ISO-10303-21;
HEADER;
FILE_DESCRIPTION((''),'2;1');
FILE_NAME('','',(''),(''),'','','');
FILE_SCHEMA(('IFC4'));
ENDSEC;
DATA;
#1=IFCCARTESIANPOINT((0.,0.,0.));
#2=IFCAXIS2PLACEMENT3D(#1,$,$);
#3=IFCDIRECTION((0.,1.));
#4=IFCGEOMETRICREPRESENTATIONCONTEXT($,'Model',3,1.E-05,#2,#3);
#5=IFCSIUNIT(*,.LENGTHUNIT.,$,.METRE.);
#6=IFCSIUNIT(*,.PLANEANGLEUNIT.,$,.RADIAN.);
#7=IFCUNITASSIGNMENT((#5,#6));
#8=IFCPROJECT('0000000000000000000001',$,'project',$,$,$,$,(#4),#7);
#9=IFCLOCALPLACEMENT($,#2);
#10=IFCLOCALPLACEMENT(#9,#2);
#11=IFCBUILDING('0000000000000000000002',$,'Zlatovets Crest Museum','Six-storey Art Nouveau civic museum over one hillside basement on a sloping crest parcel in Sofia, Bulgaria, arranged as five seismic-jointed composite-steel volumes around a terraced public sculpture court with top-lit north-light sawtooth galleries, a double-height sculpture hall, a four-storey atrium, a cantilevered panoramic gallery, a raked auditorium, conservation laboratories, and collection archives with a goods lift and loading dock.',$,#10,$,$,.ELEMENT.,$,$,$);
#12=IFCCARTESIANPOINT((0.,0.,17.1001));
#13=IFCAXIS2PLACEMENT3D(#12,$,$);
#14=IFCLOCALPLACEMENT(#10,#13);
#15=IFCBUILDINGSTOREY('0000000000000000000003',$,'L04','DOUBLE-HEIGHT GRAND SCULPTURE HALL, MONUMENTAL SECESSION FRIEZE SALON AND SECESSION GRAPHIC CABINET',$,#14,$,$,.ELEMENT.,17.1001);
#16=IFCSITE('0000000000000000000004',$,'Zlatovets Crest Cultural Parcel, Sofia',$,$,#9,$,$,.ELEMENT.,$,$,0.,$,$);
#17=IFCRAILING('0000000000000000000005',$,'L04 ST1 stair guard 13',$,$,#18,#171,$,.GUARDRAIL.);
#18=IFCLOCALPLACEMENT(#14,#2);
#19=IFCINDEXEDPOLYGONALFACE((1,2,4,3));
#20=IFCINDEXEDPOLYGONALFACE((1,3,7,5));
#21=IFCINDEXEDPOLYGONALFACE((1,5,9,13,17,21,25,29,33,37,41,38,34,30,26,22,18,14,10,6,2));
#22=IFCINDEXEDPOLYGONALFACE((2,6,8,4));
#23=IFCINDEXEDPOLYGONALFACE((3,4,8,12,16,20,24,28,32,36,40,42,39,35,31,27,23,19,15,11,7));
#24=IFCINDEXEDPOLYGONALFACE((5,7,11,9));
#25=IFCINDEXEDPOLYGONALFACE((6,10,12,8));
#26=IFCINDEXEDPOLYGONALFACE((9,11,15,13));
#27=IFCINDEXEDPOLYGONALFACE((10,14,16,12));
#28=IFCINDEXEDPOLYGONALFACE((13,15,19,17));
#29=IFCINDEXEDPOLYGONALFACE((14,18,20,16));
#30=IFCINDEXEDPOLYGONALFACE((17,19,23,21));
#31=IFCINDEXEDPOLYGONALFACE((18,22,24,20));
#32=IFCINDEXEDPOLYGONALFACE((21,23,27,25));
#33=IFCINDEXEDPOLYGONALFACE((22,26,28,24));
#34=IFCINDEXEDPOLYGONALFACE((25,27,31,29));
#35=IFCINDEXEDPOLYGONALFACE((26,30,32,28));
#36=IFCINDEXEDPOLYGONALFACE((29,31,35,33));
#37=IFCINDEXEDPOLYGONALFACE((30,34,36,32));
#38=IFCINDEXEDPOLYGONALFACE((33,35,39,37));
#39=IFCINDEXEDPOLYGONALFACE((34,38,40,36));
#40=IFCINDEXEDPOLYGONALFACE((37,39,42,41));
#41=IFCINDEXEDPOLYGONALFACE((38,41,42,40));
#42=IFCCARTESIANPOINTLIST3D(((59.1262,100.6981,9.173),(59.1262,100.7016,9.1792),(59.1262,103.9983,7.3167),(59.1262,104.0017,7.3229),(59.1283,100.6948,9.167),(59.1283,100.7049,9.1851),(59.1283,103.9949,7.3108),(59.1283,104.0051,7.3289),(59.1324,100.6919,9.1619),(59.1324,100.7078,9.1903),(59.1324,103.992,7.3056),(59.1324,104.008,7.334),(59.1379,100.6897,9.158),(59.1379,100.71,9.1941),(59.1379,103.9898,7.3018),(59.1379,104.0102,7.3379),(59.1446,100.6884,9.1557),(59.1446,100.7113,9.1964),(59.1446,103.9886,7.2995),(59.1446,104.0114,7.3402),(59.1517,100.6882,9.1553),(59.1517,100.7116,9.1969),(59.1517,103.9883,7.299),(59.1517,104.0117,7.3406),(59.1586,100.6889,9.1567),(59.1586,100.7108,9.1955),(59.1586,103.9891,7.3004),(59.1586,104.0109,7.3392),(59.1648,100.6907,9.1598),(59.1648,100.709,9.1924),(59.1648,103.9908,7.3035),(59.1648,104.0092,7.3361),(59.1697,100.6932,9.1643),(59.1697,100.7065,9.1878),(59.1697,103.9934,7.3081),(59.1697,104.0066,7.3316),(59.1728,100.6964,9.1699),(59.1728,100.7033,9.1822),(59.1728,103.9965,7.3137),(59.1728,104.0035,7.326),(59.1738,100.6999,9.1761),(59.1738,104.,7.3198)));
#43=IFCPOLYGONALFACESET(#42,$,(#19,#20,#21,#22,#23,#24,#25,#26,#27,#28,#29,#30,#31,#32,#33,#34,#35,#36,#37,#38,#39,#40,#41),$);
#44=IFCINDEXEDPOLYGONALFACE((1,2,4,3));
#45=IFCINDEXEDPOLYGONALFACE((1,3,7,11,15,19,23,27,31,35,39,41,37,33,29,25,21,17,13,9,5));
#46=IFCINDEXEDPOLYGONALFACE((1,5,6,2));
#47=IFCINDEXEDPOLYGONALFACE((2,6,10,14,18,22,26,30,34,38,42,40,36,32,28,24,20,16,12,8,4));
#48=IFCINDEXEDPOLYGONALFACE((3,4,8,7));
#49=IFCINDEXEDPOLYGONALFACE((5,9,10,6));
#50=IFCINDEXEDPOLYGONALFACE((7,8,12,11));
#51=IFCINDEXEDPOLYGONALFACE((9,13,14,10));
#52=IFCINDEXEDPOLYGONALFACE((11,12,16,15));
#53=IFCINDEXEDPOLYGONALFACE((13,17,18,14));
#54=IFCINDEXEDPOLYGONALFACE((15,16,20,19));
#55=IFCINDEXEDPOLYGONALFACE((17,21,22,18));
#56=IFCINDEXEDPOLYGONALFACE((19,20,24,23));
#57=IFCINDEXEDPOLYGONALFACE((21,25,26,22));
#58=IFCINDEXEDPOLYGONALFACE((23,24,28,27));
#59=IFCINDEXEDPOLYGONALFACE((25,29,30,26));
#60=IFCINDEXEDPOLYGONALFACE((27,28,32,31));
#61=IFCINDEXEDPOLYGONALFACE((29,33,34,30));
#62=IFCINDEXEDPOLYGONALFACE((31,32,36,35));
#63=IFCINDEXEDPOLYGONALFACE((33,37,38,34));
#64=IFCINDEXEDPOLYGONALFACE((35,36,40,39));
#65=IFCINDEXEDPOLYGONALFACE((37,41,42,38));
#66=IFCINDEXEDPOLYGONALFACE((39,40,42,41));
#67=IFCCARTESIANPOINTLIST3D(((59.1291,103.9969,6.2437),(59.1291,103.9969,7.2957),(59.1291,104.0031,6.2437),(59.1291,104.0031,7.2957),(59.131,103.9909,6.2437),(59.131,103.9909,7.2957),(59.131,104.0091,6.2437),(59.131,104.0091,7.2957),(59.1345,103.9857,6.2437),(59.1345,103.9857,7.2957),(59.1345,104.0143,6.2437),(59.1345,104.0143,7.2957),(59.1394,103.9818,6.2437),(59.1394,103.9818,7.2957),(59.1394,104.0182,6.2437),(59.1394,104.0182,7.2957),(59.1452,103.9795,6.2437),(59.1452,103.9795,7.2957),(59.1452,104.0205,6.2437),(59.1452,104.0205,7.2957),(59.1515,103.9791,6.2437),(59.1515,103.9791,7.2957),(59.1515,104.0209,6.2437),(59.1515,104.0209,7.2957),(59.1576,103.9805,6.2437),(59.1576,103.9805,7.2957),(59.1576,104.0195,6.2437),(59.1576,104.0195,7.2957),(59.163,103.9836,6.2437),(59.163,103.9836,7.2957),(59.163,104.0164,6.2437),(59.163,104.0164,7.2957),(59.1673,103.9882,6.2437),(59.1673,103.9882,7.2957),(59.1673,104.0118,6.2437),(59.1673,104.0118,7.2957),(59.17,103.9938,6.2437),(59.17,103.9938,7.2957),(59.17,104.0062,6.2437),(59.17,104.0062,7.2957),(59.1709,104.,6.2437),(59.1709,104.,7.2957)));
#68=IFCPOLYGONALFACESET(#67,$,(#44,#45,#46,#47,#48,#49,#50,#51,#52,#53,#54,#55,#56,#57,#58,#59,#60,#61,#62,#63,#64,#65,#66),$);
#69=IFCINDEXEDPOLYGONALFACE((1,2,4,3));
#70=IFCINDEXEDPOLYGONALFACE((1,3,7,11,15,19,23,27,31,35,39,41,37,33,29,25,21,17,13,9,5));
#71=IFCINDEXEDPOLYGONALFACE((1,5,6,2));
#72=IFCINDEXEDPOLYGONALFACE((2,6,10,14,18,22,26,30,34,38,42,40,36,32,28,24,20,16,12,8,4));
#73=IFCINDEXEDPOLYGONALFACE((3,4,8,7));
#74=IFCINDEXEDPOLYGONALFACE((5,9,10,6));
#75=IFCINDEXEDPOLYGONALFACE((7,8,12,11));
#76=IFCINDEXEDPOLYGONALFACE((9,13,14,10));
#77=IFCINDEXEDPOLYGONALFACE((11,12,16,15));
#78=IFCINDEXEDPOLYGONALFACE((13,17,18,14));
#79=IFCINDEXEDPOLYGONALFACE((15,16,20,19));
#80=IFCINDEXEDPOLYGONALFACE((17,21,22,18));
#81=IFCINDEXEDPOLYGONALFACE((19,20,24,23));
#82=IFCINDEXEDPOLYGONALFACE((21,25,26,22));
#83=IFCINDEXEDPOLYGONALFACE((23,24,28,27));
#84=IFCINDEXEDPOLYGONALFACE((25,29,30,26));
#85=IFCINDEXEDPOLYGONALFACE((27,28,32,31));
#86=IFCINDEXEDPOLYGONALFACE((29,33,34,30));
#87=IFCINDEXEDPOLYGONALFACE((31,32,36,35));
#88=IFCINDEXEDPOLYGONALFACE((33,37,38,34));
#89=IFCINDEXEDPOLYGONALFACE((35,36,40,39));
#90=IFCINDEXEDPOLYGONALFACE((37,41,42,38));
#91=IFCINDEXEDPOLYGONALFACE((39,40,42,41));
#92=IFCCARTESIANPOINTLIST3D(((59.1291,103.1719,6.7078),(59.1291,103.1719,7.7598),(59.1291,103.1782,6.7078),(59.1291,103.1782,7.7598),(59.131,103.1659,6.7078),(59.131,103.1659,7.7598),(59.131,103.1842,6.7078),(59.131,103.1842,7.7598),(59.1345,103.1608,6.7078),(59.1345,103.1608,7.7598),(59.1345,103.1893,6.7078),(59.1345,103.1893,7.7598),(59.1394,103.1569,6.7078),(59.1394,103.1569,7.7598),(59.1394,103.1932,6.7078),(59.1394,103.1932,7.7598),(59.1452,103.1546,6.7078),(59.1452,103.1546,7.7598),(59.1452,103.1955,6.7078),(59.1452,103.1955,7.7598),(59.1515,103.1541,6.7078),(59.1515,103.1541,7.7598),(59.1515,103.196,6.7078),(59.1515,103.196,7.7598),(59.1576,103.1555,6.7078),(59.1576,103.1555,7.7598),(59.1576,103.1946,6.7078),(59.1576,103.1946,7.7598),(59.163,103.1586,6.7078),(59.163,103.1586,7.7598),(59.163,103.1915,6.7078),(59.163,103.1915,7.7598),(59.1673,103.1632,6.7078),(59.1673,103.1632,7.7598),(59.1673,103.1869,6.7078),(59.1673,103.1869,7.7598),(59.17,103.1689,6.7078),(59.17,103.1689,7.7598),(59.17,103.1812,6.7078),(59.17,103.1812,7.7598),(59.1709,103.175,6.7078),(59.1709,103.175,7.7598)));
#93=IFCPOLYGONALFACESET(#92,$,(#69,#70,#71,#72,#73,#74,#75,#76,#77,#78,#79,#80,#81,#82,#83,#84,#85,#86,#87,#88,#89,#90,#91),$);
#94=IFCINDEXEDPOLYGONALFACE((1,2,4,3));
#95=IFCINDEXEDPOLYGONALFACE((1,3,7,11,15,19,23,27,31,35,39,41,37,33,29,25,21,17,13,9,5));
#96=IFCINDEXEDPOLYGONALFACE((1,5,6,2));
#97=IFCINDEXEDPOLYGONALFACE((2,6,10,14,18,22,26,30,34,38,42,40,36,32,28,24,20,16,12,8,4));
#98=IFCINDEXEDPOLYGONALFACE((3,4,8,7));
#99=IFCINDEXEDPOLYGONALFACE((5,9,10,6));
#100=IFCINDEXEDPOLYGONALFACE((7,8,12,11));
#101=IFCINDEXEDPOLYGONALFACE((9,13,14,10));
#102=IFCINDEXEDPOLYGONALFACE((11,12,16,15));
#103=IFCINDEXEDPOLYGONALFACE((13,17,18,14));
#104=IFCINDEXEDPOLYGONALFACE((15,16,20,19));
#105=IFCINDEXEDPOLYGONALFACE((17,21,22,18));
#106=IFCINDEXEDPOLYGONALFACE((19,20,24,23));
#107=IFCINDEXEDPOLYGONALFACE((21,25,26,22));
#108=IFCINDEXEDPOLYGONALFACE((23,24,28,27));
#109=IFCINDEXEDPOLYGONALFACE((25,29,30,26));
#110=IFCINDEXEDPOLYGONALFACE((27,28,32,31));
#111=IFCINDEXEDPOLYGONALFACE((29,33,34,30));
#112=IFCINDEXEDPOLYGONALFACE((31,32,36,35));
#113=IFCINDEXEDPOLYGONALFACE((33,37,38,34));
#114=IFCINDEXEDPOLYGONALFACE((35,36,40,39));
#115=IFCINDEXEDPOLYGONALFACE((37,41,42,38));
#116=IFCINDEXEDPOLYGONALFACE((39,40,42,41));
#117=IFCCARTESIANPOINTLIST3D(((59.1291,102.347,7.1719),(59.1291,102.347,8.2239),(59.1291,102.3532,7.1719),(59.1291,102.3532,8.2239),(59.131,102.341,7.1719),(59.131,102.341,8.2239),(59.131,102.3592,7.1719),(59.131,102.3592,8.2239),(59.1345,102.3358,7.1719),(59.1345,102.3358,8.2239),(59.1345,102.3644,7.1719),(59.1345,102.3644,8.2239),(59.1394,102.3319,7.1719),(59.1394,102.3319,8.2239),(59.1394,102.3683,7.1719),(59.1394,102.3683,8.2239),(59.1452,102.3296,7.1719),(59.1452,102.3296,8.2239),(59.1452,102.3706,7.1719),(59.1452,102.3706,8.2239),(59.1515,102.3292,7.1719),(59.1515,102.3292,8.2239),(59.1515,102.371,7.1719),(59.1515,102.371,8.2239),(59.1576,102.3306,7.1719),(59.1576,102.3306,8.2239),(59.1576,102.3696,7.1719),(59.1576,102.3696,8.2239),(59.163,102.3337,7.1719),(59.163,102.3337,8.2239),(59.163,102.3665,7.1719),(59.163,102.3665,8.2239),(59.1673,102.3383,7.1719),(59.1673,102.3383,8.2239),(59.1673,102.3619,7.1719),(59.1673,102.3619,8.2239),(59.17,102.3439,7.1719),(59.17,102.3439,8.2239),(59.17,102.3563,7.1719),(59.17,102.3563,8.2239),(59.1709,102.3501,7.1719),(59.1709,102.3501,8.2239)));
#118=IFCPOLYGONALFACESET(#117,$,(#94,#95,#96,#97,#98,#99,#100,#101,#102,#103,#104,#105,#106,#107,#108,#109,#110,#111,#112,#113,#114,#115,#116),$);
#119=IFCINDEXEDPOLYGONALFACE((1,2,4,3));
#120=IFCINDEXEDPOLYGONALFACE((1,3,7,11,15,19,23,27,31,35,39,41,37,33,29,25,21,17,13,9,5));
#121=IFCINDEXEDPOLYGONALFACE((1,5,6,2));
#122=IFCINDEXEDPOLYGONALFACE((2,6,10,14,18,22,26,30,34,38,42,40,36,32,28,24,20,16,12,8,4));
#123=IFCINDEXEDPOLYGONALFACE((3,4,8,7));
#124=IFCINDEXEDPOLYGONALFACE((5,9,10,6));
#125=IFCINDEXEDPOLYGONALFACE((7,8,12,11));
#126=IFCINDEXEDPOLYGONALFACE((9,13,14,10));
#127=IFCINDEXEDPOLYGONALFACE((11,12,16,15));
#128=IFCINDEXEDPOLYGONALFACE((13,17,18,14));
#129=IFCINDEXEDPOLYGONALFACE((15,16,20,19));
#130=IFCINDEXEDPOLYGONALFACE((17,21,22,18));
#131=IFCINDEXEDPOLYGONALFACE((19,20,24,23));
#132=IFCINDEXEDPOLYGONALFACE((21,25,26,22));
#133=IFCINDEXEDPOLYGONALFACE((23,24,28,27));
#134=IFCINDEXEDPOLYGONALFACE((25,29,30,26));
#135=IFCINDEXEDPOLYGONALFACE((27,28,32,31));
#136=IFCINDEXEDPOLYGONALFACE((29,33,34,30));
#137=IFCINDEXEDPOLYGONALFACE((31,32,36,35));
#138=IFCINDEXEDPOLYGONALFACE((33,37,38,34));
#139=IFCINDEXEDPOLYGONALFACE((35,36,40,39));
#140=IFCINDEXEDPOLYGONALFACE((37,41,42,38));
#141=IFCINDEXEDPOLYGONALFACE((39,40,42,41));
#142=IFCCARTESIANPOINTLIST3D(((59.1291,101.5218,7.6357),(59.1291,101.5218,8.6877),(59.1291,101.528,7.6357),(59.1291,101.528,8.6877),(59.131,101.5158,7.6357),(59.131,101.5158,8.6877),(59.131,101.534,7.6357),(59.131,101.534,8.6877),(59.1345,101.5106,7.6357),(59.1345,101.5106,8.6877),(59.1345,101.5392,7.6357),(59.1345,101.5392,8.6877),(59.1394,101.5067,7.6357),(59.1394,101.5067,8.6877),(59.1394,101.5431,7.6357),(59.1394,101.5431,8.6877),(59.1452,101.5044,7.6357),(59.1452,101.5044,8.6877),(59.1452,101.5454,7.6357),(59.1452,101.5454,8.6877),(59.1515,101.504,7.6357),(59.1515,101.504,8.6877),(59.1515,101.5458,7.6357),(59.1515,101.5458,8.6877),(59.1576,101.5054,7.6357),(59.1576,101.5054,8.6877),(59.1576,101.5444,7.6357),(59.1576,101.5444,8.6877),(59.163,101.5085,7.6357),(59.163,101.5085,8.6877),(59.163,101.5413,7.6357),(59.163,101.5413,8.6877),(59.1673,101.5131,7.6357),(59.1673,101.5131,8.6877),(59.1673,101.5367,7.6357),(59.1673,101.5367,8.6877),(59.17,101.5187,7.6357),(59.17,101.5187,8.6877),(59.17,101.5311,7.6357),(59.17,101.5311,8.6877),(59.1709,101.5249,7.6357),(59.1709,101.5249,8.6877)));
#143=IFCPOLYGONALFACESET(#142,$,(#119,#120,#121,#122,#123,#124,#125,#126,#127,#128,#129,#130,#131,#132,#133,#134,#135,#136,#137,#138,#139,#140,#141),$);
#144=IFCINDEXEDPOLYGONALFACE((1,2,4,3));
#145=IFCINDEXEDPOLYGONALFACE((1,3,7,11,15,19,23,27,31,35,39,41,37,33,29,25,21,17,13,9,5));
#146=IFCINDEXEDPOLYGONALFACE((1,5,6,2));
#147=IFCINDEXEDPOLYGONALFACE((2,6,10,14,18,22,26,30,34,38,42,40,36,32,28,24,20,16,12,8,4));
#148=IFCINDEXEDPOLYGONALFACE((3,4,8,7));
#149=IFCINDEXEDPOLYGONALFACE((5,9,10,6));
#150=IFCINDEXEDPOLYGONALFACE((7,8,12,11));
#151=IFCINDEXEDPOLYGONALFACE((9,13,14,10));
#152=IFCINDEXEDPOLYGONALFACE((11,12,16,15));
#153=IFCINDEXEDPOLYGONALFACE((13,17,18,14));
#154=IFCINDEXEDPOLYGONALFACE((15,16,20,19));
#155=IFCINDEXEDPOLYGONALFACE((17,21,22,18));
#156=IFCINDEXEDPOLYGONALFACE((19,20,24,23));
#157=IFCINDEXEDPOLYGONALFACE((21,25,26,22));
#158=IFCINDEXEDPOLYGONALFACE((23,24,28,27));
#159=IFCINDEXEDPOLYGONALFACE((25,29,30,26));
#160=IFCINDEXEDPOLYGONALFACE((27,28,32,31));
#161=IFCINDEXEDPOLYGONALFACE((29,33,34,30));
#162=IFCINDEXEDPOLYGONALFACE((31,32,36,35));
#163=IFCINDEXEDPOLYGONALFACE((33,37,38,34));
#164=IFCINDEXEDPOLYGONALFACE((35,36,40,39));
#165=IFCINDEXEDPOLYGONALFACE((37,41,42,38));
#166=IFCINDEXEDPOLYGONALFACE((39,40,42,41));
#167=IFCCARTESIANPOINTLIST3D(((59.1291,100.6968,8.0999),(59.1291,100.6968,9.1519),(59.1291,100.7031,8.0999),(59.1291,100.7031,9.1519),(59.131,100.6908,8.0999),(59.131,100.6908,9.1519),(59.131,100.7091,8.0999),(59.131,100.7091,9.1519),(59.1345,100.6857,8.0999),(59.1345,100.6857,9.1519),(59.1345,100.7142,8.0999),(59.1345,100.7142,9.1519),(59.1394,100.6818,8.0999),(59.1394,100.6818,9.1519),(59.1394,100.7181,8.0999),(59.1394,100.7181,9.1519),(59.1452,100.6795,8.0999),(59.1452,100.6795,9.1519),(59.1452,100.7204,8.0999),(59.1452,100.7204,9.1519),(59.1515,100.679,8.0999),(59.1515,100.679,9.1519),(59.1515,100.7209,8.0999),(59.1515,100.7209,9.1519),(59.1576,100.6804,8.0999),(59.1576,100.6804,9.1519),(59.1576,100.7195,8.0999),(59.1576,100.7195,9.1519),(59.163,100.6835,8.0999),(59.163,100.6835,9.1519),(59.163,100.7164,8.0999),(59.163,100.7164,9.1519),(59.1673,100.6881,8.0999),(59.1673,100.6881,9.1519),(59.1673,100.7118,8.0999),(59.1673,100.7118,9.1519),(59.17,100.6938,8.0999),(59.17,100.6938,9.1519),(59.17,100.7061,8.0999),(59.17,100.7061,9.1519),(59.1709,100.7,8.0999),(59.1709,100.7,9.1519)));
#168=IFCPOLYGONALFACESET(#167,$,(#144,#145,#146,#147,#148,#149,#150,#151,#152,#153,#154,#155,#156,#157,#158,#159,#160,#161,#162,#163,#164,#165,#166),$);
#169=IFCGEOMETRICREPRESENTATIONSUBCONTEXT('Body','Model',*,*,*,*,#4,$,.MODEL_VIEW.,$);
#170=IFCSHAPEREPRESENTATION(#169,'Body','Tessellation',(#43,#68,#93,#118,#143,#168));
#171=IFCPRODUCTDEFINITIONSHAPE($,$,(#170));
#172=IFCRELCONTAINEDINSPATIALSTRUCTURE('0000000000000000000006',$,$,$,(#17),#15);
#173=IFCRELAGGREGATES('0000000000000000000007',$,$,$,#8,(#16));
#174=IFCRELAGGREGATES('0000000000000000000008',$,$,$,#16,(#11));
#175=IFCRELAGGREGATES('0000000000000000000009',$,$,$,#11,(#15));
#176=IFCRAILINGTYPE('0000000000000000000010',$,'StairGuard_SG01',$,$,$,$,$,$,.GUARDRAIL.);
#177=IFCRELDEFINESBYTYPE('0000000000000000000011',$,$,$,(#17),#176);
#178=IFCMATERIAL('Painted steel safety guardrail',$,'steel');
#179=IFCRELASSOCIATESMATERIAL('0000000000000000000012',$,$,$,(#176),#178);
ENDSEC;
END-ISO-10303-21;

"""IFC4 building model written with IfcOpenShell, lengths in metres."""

from ifc_helpers import new_model, si_unit, direction, frame, origin, origin_2d, place, context, subcontext, project, spatial, circle, extrude, material, type_object, element, save


model = new_model("IFC4")

# Units and contexts
model_context = context("Model", 3, precision=1e-05, world=origin(), true_north=direction((0.0, 1.0)))
body_context = subcontext(model_context, "Body", "Model", "MODEL_VIEW")
ifc_project = project(units=[si_unit("LENGTHUNIT", "METRE"), si_unit("PLANEANGLEUNIT", "RADIAN")], contexts=[model_context])

# Site, building, storey
site_placement = place(None, origin())
site = spatial("IfcSite", under=ifc_project, at=site_placement, Name="Zlatovets Crest Cultural Parcel, Sofia", CompositionType="ELEMENT", RefElevation=0.0)
building_placement = place(site_placement, origin())
building = spatial("IfcBuilding", under=site, at=building_placement, Name="Zlatovets Crest Museum", Description="Six-storey Art Nouveau civic museum over one hillside basement on a sloping crest parcel in Sofia, Bulgaria, arranged as five seismic-jointed composite-steel volumes around a terraced public sculpture court with top-lit north-light sawtooth galleries, a double-height sculpture hall, a four-storey atrium, a cantilevered panoramic gallery, a raked auditorium, conservation laboratories, and collection archives with a goods lift and loading dock.", CompositionType="ELEMENT")
storey_placement = place(building_placement, frame((0.0, 0.0, 17.1001)))
storey = spatial("IfcBuildingStorey", under=building, at=storey_placement, Name="L04", Description="DOUBLE-HEIGHT GRAND SCULPTURE HALL, MONUMENTAL SECESSION FRIEZE SALON AND SECESSION GRAPHIC CABINET", CompositionType="ELEMENT", Elevation=17.1001)

# Railing
ifc_material_1 = material(Name="Painted steel safety guardrail", Category="steel")
railing_type_1 = type_object("IfcRailingType", Name="StairGuard_SG01", PredefinedType="GUARDRAIL", material=ifc_material_1)
railing_1_placement = place(storey_placement, frame((59.1499, 104.0, 6.2437)))
element("IfcRailing", 1, at=railing_1_placement, inside=storey, type_object=railing_type_1, Name="L04 ST1 stair guard 13", PredefinedType="GUARDRAIL", context=body_context, shape_type="SweptSolid", body=[
    extrude(circle(Radius=0.0239, at=origin_2d()), frame((0.0, 0.0, 1.0762), z_axis=(0.0, -0.871584, 0.490246), x_axis=(1.0, 0.0, 0.0)), (0.0, 0.0, 1.0), 3.7864),
    extrude(circle(Radius=0.021, at=origin_2d()), origin(), (0.0, 0.0, 1.0), 1.052),
    extrude(circle(Radius=0.021, at=origin_2d()), frame((0.0, -0.825, 0.4641)), (0.0, 0.0, 1.0), 1.052),
    extrude(circle(Radius=0.021, at=origin_2d()), frame((0.0, -1.6499, 0.9282)), (0.0, 0.0, 1.0), 1.052),
    extrude(circle(Radius=0.021, at=origin_2d()), frame((0.0, -2.4751, 1.3921)), (0.0, 0.0, 1.0), 1.052),
    extrude(circle(Radius=0.021, at=origin_2d()), frame((0.0, -3.3, 1.8562)), (0.0, 0.0, 1.0), 1.052),
])

save(model, "model.ifc")
